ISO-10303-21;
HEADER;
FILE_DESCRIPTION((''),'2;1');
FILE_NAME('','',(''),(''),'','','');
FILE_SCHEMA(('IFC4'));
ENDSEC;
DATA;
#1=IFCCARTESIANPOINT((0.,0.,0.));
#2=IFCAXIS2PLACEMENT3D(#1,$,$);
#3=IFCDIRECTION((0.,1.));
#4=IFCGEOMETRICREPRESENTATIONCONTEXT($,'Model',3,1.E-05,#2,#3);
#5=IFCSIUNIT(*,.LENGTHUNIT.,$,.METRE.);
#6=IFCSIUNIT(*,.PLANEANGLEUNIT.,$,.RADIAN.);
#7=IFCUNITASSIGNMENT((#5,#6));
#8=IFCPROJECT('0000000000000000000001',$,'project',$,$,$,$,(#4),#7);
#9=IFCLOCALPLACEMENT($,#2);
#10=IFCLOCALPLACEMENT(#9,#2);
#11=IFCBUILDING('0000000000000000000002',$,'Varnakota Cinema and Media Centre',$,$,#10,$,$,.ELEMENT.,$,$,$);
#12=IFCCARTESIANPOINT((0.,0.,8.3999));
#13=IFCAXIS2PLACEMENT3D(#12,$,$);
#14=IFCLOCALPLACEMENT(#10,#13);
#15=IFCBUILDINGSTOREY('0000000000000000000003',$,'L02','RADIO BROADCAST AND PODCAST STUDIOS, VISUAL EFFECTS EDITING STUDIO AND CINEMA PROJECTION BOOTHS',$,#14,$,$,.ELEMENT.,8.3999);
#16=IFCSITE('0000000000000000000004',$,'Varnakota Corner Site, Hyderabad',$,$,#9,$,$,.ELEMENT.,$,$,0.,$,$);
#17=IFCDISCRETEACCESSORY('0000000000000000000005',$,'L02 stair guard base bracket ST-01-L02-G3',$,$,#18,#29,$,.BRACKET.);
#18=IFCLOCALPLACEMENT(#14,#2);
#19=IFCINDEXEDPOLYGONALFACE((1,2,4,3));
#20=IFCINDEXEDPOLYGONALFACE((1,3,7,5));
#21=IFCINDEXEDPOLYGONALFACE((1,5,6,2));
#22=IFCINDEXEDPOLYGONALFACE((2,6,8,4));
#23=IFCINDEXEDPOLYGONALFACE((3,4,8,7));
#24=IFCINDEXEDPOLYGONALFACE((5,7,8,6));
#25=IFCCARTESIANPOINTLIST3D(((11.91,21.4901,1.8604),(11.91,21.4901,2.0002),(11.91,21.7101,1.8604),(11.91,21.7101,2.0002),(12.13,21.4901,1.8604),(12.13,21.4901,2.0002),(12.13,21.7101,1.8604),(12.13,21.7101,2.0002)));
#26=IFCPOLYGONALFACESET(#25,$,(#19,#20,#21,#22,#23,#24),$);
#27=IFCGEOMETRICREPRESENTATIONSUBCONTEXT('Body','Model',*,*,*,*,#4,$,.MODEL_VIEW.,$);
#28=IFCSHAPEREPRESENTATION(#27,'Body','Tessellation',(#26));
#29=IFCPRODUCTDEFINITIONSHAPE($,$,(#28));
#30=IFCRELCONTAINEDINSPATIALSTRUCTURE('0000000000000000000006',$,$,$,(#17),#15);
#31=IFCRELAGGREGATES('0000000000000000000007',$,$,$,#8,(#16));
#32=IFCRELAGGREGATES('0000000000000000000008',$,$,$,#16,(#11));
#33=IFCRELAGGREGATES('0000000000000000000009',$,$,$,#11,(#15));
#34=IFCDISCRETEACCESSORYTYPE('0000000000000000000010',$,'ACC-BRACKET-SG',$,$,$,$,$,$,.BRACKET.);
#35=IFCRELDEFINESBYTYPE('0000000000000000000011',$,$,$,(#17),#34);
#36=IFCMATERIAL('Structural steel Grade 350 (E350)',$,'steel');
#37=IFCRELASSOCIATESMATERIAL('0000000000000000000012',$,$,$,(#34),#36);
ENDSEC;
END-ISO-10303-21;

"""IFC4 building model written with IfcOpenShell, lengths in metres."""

from ifc_helpers import new_model, si_unit, direction, frame, origin, origin_2d, place, context, subcontext, project, spatial, rectangle, extrude, material, type_object, element, save


model = new_model("IFC4")

# Units and contexts
model_context = context("Model", 3, precision=1e-05, world=origin(), true_north=direction((0.0, 1.0)))
body_context = subcontext(model_context, "Body", "Model", "MODEL_VIEW")
ifc_project = project(units=[si_unit("LENGTHUNIT", "METRE"), si_unit("PLANEANGLEUNIT", "RADIAN")], contexts=[model_context])

# Site, building, storey
site_placement = place(None, origin())
site = spatial("IfcSite", under=ifc_project, at=site_placement, Name="Varnakota Corner Site, Hyderabad", CompositionType="ELEMENT", RefElevation=0.0)
building_placement = place(site_placement, origin())
building = spatial("IfcBuilding", under=site, at=building_placement, Name="Varnakota Cinema and Media Centre", CompositionType="ELEMENT")
storey_placement = place(building_placement, frame((0.0, 0.0, 8.3999)))
storey = spatial("IfcBuildingStorey", under=building, at=storey_placement, Name="L02", Description="RADIO BROADCAST AND PODCAST STUDIOS, VISUAL EFFECTS EDITING STUDIO AND CINEMA PROJECTION BOOTHS", CompositionType="ELEMENT", Elevation=8.3999)

# Discrete accessory
ifc_material_1 = material(Name="Structural steel Grade 350 (E350)", Category="steel")
discrete_accessory_type = type_object("IfcDiscreteAccessoryType", Name="ACC-BRACKET-SG", PredefinedType="BRACKET", material=ifc_material_1)
for number, where, z_axis, x_axis, name in (
    (1, (12.02, 21.6001, 1.8604), (0.0, 0.0, 1.0), (1.0, 0.0, 0.0), "L02 stair guard base bracket ST-01-L02-G3"),
):
    element("IfcDiscreteAccessory", number, at=place(storey_placement, frame(where, z_axis=z_axis, x_axis=x_axis)), inside=storey, type_object=discrete_accessory_type, Name=name, PredefinedType="BRACKET", context=body_context, shape_type="SweptSolid", body=[
        extrude(rectangle(XDim=0.22, YDim=0.22, at=origin_2d()), origin(), (0.0, 0.0, 1.0), 0.1399),
    ])

save(model, "model.ifc")
